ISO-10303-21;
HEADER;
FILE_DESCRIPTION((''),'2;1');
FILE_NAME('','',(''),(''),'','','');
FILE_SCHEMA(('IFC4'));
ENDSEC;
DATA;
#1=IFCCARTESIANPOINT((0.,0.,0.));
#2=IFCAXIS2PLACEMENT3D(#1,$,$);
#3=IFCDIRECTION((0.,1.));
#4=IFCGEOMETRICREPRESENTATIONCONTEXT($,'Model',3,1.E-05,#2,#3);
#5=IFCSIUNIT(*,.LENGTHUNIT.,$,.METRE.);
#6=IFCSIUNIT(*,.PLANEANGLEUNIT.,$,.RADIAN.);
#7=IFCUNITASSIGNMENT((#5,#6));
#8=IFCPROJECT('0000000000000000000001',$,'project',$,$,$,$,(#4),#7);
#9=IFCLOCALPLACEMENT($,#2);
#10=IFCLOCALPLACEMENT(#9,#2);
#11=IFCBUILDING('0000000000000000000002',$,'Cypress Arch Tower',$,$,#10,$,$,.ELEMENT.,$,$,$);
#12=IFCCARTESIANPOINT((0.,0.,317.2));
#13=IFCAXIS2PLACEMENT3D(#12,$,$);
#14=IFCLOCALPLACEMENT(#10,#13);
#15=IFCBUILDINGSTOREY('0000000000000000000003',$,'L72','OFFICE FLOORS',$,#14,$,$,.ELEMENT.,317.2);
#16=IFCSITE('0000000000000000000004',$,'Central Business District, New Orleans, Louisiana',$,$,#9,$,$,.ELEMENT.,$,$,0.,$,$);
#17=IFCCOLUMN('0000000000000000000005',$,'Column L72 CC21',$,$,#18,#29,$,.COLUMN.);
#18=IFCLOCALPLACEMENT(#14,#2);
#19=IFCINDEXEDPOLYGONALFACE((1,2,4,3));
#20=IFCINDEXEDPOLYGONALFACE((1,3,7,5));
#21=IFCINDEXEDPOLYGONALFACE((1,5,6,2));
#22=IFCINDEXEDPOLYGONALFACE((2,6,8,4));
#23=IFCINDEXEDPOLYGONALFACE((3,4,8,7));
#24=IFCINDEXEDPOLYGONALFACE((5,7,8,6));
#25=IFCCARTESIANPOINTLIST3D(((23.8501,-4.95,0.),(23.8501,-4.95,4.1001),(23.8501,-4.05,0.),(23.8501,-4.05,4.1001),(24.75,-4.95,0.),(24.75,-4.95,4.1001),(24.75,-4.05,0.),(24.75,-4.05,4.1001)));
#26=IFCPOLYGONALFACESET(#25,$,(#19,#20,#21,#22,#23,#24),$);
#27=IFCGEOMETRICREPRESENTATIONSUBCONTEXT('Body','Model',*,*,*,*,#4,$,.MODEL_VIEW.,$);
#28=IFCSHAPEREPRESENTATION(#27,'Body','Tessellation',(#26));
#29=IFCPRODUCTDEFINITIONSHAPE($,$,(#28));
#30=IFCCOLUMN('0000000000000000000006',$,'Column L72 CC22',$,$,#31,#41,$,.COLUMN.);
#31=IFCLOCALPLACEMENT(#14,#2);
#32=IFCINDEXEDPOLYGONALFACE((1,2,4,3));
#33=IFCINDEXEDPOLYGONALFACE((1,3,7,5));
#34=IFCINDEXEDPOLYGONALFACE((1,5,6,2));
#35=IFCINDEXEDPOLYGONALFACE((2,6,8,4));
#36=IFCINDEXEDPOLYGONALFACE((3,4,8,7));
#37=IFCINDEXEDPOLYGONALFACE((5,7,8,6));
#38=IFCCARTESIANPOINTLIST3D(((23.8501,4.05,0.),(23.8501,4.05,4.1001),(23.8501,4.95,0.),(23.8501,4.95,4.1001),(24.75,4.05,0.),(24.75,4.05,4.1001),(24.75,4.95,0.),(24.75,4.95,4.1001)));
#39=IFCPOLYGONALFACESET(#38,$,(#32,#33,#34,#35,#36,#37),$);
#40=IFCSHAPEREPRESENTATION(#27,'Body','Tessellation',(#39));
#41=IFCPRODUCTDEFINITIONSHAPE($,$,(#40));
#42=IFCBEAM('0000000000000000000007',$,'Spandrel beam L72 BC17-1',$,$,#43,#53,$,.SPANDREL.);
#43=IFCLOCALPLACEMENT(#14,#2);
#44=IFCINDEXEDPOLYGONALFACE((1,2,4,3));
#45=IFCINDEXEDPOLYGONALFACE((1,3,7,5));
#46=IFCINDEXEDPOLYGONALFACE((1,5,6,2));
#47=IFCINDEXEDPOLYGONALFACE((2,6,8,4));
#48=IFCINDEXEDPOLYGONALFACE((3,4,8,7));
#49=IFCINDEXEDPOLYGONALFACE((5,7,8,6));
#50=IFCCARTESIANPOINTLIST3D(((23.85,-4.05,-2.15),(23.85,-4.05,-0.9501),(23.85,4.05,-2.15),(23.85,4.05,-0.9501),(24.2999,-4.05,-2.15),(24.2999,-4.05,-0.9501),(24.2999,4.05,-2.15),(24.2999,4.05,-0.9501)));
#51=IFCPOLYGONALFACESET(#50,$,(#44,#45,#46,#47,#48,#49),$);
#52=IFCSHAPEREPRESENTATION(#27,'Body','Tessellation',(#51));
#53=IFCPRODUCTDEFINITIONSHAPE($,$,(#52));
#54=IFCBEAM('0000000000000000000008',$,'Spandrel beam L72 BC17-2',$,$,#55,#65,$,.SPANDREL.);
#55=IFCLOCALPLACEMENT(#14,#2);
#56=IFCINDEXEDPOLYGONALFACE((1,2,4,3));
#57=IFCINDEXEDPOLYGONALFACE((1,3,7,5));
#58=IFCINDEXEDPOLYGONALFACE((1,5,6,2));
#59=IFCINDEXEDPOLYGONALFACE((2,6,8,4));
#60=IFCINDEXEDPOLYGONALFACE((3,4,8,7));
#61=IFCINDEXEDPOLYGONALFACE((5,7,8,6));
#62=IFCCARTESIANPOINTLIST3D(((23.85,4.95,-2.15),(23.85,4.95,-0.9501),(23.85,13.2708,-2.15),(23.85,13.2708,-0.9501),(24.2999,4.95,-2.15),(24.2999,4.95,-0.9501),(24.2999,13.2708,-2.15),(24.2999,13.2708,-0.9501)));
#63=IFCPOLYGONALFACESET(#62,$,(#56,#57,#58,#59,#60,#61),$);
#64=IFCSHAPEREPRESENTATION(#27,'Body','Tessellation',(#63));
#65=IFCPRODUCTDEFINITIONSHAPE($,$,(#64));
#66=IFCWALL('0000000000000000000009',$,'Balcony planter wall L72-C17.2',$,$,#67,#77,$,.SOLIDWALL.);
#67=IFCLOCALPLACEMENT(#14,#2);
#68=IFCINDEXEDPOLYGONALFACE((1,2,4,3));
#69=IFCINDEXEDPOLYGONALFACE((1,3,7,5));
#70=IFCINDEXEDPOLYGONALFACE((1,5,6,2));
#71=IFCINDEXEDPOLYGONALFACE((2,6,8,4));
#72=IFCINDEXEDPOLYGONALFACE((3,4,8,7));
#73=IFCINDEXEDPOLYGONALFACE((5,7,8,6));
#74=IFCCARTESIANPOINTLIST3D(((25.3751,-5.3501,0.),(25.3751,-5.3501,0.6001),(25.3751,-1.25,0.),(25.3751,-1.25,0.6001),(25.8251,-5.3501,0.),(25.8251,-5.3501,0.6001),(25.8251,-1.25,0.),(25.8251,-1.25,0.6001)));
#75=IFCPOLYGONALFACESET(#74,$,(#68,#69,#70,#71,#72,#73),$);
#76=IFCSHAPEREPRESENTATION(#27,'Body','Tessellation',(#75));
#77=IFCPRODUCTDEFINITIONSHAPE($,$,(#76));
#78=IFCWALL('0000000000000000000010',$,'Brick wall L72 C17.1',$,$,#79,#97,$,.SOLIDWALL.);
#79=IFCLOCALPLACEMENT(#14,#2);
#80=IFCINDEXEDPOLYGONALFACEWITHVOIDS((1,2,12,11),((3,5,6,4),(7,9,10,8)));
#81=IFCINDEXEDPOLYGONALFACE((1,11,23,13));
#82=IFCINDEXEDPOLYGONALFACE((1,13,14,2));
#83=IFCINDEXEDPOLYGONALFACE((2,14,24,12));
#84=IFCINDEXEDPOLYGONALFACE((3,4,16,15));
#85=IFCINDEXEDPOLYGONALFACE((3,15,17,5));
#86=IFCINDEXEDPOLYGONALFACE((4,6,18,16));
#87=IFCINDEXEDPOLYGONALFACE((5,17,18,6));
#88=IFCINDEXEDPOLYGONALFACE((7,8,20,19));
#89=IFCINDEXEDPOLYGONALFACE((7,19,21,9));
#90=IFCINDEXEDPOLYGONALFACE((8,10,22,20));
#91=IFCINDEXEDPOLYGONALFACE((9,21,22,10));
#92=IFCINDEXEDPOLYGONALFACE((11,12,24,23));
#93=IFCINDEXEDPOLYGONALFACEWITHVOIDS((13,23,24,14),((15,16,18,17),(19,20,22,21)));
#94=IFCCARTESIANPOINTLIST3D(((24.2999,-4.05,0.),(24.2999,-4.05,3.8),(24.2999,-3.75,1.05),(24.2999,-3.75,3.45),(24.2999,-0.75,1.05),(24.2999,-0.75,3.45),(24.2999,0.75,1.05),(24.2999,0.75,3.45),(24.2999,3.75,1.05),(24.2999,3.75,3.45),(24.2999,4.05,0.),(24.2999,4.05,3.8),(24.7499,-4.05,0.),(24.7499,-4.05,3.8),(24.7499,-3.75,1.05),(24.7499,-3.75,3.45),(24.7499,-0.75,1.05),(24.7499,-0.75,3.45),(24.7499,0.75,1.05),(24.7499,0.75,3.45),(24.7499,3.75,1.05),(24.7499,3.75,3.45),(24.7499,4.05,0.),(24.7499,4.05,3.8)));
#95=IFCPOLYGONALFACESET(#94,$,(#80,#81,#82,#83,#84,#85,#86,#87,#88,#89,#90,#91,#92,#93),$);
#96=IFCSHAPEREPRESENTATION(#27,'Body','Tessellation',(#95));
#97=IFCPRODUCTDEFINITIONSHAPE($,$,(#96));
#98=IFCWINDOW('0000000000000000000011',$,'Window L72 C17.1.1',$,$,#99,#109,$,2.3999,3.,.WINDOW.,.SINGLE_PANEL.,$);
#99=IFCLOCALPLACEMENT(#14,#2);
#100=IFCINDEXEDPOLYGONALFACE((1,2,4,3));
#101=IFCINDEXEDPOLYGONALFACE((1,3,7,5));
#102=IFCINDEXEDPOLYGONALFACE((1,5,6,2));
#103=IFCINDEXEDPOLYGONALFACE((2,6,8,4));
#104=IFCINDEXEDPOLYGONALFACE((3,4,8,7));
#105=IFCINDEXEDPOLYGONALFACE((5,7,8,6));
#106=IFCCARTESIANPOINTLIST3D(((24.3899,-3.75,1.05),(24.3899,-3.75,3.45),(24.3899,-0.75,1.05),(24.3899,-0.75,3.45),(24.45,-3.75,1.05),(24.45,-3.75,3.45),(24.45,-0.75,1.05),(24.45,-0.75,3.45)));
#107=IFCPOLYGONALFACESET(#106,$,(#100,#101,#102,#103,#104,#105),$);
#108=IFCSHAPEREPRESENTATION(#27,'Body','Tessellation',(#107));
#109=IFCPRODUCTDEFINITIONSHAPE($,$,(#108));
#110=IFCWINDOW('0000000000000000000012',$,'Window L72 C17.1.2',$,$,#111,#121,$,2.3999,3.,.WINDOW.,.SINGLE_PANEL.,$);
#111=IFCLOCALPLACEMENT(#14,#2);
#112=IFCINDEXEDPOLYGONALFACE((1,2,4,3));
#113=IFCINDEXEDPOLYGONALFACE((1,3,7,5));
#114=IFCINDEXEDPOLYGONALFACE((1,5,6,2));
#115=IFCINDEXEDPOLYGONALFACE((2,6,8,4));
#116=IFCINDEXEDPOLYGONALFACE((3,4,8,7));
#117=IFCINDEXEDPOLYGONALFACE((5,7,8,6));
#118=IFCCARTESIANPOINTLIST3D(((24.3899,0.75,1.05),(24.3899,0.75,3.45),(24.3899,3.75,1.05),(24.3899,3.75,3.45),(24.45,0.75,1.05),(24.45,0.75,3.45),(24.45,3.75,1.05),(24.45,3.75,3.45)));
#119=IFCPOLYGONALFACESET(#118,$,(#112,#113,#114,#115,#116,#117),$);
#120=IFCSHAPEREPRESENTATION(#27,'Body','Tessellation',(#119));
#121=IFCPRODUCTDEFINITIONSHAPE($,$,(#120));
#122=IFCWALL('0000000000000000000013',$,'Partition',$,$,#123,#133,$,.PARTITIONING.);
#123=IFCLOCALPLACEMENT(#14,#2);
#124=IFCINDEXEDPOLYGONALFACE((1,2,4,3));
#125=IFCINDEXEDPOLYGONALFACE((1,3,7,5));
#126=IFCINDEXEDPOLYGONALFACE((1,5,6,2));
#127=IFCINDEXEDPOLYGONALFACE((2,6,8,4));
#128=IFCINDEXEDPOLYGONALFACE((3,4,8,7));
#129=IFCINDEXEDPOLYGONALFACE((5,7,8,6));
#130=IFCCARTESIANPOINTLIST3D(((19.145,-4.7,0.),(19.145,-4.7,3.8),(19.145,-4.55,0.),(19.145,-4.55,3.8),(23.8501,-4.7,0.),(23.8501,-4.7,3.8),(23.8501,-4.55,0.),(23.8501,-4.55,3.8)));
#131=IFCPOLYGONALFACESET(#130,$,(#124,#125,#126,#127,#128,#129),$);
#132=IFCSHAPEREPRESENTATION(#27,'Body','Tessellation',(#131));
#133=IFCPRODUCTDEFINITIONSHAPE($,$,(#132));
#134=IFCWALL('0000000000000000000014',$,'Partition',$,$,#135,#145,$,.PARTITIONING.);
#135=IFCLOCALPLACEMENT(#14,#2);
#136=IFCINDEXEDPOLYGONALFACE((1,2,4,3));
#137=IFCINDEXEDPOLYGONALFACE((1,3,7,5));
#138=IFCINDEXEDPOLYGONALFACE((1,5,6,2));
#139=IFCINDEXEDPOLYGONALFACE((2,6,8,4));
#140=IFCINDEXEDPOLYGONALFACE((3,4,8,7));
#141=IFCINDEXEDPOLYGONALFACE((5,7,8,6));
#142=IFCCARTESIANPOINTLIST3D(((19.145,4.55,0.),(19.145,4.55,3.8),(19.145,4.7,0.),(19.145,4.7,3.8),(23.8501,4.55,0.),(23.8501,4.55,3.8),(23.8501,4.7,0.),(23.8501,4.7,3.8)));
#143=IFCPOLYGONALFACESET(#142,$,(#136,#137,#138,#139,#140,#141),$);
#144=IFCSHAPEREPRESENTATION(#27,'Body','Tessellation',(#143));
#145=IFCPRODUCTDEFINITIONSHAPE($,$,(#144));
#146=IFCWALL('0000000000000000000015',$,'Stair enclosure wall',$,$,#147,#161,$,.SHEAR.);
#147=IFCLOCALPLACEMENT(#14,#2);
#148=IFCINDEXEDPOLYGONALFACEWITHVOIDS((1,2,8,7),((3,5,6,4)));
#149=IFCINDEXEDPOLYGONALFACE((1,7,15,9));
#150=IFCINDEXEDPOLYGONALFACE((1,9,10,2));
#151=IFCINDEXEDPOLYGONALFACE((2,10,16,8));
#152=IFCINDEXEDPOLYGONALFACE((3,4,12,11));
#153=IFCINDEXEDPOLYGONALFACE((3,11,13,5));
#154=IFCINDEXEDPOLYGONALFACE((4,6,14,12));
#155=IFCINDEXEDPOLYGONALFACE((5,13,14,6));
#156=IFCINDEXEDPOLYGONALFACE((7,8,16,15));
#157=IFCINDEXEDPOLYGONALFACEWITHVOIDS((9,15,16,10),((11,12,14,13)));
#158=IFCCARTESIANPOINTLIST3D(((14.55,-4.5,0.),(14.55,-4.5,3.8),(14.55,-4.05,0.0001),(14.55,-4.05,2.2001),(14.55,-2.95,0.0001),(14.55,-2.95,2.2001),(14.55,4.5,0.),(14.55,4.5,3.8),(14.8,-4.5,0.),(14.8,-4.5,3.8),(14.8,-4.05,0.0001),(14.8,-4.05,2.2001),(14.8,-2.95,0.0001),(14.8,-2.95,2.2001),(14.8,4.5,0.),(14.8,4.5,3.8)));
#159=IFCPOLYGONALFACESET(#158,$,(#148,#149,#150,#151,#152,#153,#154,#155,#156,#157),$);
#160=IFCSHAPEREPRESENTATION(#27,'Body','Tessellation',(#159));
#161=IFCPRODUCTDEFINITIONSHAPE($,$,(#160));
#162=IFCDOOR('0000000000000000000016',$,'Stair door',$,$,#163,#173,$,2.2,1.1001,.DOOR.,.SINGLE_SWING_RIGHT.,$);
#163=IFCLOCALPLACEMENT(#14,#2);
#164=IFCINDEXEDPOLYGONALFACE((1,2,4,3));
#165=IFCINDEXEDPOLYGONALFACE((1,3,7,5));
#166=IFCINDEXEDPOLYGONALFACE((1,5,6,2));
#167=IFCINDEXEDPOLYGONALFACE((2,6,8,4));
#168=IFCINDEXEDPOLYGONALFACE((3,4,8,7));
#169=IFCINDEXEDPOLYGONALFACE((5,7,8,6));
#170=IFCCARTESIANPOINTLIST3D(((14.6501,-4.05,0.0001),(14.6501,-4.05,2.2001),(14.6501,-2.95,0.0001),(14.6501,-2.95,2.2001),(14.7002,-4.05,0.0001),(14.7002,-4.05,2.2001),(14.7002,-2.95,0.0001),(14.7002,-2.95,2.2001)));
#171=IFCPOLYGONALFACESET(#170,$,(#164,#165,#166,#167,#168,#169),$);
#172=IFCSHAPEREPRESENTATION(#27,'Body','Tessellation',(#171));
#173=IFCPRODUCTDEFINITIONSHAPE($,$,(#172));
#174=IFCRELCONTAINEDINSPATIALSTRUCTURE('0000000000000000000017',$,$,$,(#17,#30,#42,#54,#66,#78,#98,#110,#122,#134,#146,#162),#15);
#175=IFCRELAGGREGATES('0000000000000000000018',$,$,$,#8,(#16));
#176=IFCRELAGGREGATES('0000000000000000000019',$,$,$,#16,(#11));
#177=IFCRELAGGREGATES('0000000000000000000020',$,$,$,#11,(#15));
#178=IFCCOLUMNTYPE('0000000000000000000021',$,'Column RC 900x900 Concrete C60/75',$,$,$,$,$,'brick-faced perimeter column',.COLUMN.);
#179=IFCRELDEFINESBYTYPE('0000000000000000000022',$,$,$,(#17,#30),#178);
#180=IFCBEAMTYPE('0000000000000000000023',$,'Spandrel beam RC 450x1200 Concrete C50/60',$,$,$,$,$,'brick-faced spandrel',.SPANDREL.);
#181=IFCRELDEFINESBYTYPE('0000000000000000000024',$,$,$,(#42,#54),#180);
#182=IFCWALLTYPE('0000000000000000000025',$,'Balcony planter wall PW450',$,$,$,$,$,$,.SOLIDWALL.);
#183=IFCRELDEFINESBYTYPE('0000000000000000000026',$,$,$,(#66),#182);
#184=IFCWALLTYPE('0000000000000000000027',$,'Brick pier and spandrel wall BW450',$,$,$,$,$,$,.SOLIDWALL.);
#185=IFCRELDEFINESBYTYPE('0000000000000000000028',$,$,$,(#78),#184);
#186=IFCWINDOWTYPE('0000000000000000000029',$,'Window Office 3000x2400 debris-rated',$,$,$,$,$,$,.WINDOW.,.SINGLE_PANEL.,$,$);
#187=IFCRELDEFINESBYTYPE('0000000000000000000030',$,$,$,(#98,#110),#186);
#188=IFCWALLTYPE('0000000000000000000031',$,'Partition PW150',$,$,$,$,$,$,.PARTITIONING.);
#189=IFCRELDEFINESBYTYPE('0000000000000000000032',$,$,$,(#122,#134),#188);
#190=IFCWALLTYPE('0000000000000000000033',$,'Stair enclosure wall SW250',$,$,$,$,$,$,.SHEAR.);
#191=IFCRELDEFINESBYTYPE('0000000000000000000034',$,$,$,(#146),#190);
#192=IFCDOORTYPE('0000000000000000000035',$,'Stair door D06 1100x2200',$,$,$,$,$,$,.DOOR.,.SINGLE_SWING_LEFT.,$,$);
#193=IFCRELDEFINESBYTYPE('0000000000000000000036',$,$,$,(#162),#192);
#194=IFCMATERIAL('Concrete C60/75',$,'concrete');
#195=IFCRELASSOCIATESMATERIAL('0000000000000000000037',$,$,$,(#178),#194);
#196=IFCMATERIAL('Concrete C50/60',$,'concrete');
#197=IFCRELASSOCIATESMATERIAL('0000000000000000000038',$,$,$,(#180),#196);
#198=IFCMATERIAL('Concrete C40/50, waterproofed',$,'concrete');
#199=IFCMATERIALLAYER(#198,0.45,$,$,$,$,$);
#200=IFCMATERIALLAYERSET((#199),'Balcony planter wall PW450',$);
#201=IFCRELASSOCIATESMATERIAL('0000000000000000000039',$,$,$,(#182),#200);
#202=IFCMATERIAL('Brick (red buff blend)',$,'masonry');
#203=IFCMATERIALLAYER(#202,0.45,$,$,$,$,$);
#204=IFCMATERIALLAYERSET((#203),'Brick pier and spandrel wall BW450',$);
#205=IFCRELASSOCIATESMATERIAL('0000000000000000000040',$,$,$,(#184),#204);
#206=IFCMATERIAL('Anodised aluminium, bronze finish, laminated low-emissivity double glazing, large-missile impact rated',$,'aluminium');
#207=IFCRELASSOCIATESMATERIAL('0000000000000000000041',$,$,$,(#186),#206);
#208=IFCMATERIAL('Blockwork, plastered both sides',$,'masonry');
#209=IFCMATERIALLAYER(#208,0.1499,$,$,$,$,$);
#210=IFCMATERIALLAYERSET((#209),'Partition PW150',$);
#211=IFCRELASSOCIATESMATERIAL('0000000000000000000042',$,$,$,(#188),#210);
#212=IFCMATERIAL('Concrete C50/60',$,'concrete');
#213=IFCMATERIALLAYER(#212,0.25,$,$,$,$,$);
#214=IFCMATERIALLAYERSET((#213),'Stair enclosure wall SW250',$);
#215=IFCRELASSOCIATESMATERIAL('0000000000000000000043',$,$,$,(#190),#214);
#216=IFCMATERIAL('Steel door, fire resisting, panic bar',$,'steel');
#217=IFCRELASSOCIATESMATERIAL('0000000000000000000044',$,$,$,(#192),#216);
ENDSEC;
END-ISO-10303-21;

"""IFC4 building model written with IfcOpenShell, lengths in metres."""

from ifc_helpers import new_model, si_unit, direction, frame, frame_2d, origin, origin_2d, place, context, subcontext, project, spatial, rectangle, extrude, material, layer, layer_set, material_profile, profile_set, type_object, element, fill, save


model = new_model("IFC4")

# Units and contexts
model_context = context("Model", 3, precision=1e-05, world=origin(), true_north=direction((0.0, 1.0)))
body_context = subcontext(model_context, "Body", "Model", "MODEL_VIEW")
ifc_project = project(units=[si_unit("LENGTHUNIT", "METRE"), si_unit("PLANEANGLEUNIT", "RADIAN")], contexts=[model_context])

# Site, building, storey
site_placement = place(None, origin())
site = spatial("IfcSite", under=ifc_project, at=site_placement, Name="Central Business District, New Orleans, Louisiana", CompositionType="ELEMENT", RefElevation=0.0)
building_placement = place(site_placement, origin())
building = spatial("IfcBuilding", under=site, at=building_placement, Name="Cypress Arch Tower", CompositionType="ELEMENT")
storey_placement = place(building_placement, frame((0.0, 0.0, 317.2)))
storey = spatial("IfcBuildingStorey", under=building, at=storey_placement, Name="L72", Description="OFFICE FLOORS", CompositionType="ELEMENT", Elevation=317.2)

# Columns
ifc_material_1 = material(Name="Concrete C60/75", Category="concrete")
ifc_material_profile_1 = material_profile(ifc_material_1, rectangle(XDim=0.8999, YDim=0.8999, at=origin_2d()), Name="RC 900x900")
ifc_profile_set_1 = profile_set([ifc_material_profile_1], Name="Concrete C60/75")
column_type = type_object("IfcColumnType", Name="Column RC 900x900 Concrete C60/75", ElementType="brick-faced perimeter column", PredefinedType="COLUMN", material=ifc_profile_set_1)
for number, where, z_axis, x_axis, name in (
    (1, (24.3, -4.5, 0.0), (0.0, 0.0, 1.0), (0.0, 1.0, 0.0), "Column L72 CC21"),
    (2, (24.3, 4.5, 0.0), (0.0, 0.0, 1.0), (0.0, 1.0, 0.0), "Column L72 CC22"),
):
    element("IfcColumn", number, at=place(storey_placement, frame(where, z_axis=z_axis, x_axis=x_axis)), inside=storey, type_object=column_type, Name=name, PredefinedType="COLUMN", context=body_context, shape_type="SweptSolid", body=[
        extrude(rectangle(XDim=0.8999, YDim=0.8999, at=origin_2d()), origin(), (0.0, 0.0, 1.0), 4.1001),
    ])

# Beams
ifc_material_2 = material(Name="Concrete C50/60", Category="concrete")
ifc_material_profile_2 = material_profile(ifc_material_2, rectangle(XDim=0.45, YDim=1.2, at=origin_2d()), Name="RC 450x1200")
ifc_profile_set_2 = profile_set([ifc_material_profile_2], Name="Concrete C50/60")
beam_type = type_object("IfcBeamType", Name="Spandrel beam RC 450x1200 Concrete C50/60", ElementType="brick-faced spandrel", PredefinedType="SPANDREL", material=ifc_profile_set_2)
beam_1_placement = place(storey_placement, frame((24.075, -4.05, -1.55), z_axis=(0.0, 1.0, 0.0), x_axis=(-1.0, 0.0, 0.0)))
element("IfcBeam", 3, at=beam_1_placement, inside=storey, type_object=beam_type, Name="Spandrel beam L72 BC17-1", PredefinedType="SPANDREL", context=body_context, shape_type="SweptSolid", body=[
    extrude(rectangle(XDim=0.45, YDim=1.2, at=origin_2d()), origin(), (0.0, 0.0, 1.0), 8.1001),
])
beam_2_placement = place(storey_placement, frame((24.075, 4.95, -1.55), z_axis=(0.0, 1.0, 0.0), x_axis=(-1.0, 0.0, 0.0)))
element("IfcBeam", 4, at=beam_2_placement, inside=storey, type_object=beam_type, Name="Spandrel beam L72 BC17-2", PredefinedType="SPANDREL", context=body_context, shape_type="SweptSolid", body=[
    extrude(rectangle(XDim=0.45, YDim=1.2, at=origin_2d()), origin(), (0.0, 0.0, 1.0), 8.3208),
])

# Wall
ifc_material_3 = material(Name="Concrete C40/50, waterproofed", Category="concrete")
ifc_layer_1 = layer(ifc_material_3, 0.45)
ifc_layer_set_1 = layer_set([ifc_layer_1], Name="Balcony planter wall PW450")
wall_type_1 = type_object("IfcWallType", Name="Balcony planter wall PW450", PredefinedType="SOLIDWALL", material=ifc_layer_set_1)
wall_1_placement = place(storey_placement, frame((25.6001, -5.3501, 0.0), z_axis=(0.0, 0.0, 1.0), x_axis=(0.0, 1.0, 0.0)))
element("IfcWall", 5, at=wall_1_placement, inside=storey, type_object=wall_type_1, Name="Balcony planter wall L72-C17.2", PredefinedType="SOLIDWALL", context=body_context, shape_type="SweptSolid", body=[
    extrude(rectangle(XDim=4.1001, YDim=0.45, at=frame_2d((2.05, 0.0))), origin(), (0.0, 0.0, 1.0), 0.6001),
])

# Wall, openings, windows
ifc_material_4 = material(Name="Brick (red buff blend)", Category="masonry")
ifc_layer_2 = layer(ifc_material_4, 0.45)
ifc_layer_set_2 = layer_set([ifc_layer_2], Name="Brick pier and spandrel wall BW450")
wall_type_2 = type_object("IfcWallType", Name="Brick pier and spandrel wall BW450", PredefinedType="SOLIDWALL", material=ifc_layer_set_2)
wall_2_placement = place(storey_placement, frame((24.5249, -4.05, 0.0), z_axis=(0.0, 0.0, 1.0), x_axis=(0.0, 1.0, 0.0)))
wall_2 = element("IfcWall", 6, at=wall_2_placement, inside=storey, type_object=wall_type_2, Name="Brick wall L72 C17.1", PredefinedType="SOLIDWALL", context=body_context, shape_type="SweptSolid", body=[
    extrude(rectangle(XDim=8.1001, YDim=0.45, at=frame_2d((4.05, 0.0))), origin(), (0.0, 0.0, 1.0), 3.8),
])
opening_1_placement = place(wall_2_placement, frame((0.3, 0.0, 1.05)))
opening_1 = element("IfcOpeningElement", 7, at=opening_1_placement, cuts=wall_2, PredefinedType="OPENING", context=body_context, shape_type="SweptSolid", body=[
    extrude(rectangle(XDim=3.0, YDim=2.3999, at=frame_2d((1.5, 1.2))), frame((0.0, 0.2349, 0.0), z_axis=(0.0, -1.0, 0.0), x_axis=(1.0, 0.0, 0.0)), (0.0, 0.0, 1.0), 0.47),
])
opening_2_placement = place(wall_2_placement, frame((4.8, 0.0, 1.05)))
opening_2 = element("IfcOpeningElement", 8, at=opening_2_placement, cuts=wall_2, PredefinedType="OPENING", context=body_context, shape_type="SweptSolid", body=[
    extrude(rectangle(XDim=3.0, YDim=2.3999, at=frame_2d((1.5, 1.2))), frame((0.0, 0.2349, 0.0), z_axis=(0.0, -1.0, 0.0), x_axis=(1.0, 0.0, 0.0)), (0.0, 0.0, 1.0), 0.47),
])
ifc_material_5 = material(Name="Anodised aluminium, bronze finish, laminated low-emissivity double glazing, large-missile impact rated", Category="aluminium")
window_type_1 = type_object("IfcWindowType", Name="Window Office 3000x2400 debris-rated", PartitioningType="SINGLE_PANEL", PredefinedType="WINDOW", material=ifc_material_5)
window_1_placement = place(opening_1_placement, origin())
window_1 = element("IfcWindow", 9, at=window_1_placement, inside=storey, type_object=window_type_1, Name="Window L72 C17.1.1", OverallHeight=2.3999, OverallWidth=3.0, PartitioningType="SINGLE_PANEL", PredefinedType="WINDOW", context=body_context, shape_type="SweptSolid", body=[
    extrude(rectangle(XDim=3.0, YDim=2.3999, at=frame_2d((1.5, 1.2))), frame((0.0, 0.135, 0.0), z_axis=(0.0, -1.0, 0.0), x_axis=(1.0, 0.0, 0.0)), (0.0, 0.0, 1.0), 0.0601),
])
fill(opening_1, window_1)
window_2_placement = place(opening_2_placement, origin())
window_2 = element("IfcWindow", 10, at=window_2_placement, inside=storey, type_object=window_type_1, Name="Window L72 C17.1.2", OverallHeight=2.3999, OverallWidth=3.0, PartitioningType="SINGLE_PANEL", PredefinedType="WINDOW", context=body_context, shape_type="SweptSolid", body=[
    extrude(rectangle(XDim=3.0, YDim=2.3999, at=frame_2d((1.5, 1.2))), frame((0.0, 0.135, 0.0), z_axis=(0.0, -1.0, 0.0), x_axis=(1.0, 0.0, 0.0)), (0.0, 0.0, 1.0), 0.0601),
])
fill(opening_2, window_2)

# Walls
ifc_material_6 = material(Name="Blockwork, plastered both sides", Category="masonry")
ifc_layer_3 = layer(ifc_material_6, 0.1499)
ifc_layer_set_3 = layer_set([ifc_layer_3], Name="Partition PW150")
wall_type_3 = type_object("IfcWallType", Name="Partition PW150", PredefinedType="PARTITIONING", material=ifc_layer_set_3)
for number, where, z_axis, x_axis, name in (
    (11, (19.145, -4.625, 0.0), (0.0, 0.0, 1.0), (1.0, 0.0, 0.0), "Partition"),
    (12, (19.145, 4.625, 0.0), (0.0, 0.0, 1.0), (1.0, 0.0, 0.0), "Partition"),
):
    element("IfcWall", number, at=place(storey_placement, frame(where, z_axis=z_axis, x_axis=x_axis)), inside=storey, type_object=wall_type_3, Name=name, PredefinedType="PARTITIONING", context=body_context, shape_type="SweptSolid", body=[
        extrude(rectangle(XDim=4.7051, YDim=0.1499, at=frame_2d((2.3525, 0.0))), origin(), (0.0, 0.0, 1.0), 3.8),
    ])

# Wall, opening, door
ifc_material_7 = material(Name="Concrete C50/60", Category="concrete")
ifc_layer_4 = layer(ifc_material_7, 0.25)
ifc_layer_set_4 = layer_set([ifc_layer_4], Name="Stair enclosure wall SW250")
wall_type_4 = type_object("IfcWallType", Name="Stair enclosure wall SW250", PredefinedType="SHEAR", material=ifc_layer_set_4)
wall_3_placement = place(storey_placement, frame((14.675, -4.5, 0.0), z_axis=(0.0, 0.0, 1.0), x_axis=(0.0, 1.0, 0.0)))
wall_3 = element("IfcWall", 13, at=wall_3_placement, inside=storey, type_object=wall_type_4, Name="Stair enclosure wall", PredefinedType="SHEAR", context=body_context, shape_type="SweptSolid", body=[
    extrude(rectangle(XDim=9.0, YDim=0.25, at=frame_2d((4.5, 0.0))), origin(), (0.0, 0.0, 1.0), 3.8),
])
opening_3_placement = place(wall_3_placement, frame((0.45, 0.0, 0.0)))
opening_3 = element("IfcOpeningElement", 14, at=opening_3_placement, cuts=wall_3, PredefinedType="OPENING", context=body_context, shape_type="SweptSolid", body=[
    extrude(rectangle(XDim=1.1001, YDim=2.2, at=frame_2d((0.55, 1.1001))), frame((0.0, 0.135, 0.0), z_axis=(0.0, -1.0, 0.0), x_axis=(1.0, 0.0, 0.0)), (0.0, 0.0, 1.0), 0.27),
])
ifc_material_8 = material(Name="Steel door, fire resisting, panic bar", Category="steel")
door_type_1 = type_object("IfcDoorType", Name="Stair door D06 1100x2200", OperationType="SINGLE_SWING_LEFT", PredefinedType="DOOR", material=ifc_material_8)
door_1_placement = place(opening_3_placement, origin())
door_1 = element("IfcDoor", 15, at=door_1_placement, inside=storey, type_object=door_type_1, Name="Stair door", OperationType="SINGLE_SWING_RIGHT", OverallHeight=2.2, OverallWidth=1.1001, PredefinedType="DOOR", context=body_context, shape_type="SweptSolid", body=[
    extrude(rectangle(XDim=1.1001, YDim=2.2, at=frame_2d((0.55, 1.1001))), frame((0.0, 0.0249, 0.0), z_axis=(0.0, -1.0, 0.0), x_axis=(1.0, 0.0, 0.0)), (0.0, 0.0, 1.0), 0.05),
])
fill(opening_3, door_1)

save(model, "model.ifc")
